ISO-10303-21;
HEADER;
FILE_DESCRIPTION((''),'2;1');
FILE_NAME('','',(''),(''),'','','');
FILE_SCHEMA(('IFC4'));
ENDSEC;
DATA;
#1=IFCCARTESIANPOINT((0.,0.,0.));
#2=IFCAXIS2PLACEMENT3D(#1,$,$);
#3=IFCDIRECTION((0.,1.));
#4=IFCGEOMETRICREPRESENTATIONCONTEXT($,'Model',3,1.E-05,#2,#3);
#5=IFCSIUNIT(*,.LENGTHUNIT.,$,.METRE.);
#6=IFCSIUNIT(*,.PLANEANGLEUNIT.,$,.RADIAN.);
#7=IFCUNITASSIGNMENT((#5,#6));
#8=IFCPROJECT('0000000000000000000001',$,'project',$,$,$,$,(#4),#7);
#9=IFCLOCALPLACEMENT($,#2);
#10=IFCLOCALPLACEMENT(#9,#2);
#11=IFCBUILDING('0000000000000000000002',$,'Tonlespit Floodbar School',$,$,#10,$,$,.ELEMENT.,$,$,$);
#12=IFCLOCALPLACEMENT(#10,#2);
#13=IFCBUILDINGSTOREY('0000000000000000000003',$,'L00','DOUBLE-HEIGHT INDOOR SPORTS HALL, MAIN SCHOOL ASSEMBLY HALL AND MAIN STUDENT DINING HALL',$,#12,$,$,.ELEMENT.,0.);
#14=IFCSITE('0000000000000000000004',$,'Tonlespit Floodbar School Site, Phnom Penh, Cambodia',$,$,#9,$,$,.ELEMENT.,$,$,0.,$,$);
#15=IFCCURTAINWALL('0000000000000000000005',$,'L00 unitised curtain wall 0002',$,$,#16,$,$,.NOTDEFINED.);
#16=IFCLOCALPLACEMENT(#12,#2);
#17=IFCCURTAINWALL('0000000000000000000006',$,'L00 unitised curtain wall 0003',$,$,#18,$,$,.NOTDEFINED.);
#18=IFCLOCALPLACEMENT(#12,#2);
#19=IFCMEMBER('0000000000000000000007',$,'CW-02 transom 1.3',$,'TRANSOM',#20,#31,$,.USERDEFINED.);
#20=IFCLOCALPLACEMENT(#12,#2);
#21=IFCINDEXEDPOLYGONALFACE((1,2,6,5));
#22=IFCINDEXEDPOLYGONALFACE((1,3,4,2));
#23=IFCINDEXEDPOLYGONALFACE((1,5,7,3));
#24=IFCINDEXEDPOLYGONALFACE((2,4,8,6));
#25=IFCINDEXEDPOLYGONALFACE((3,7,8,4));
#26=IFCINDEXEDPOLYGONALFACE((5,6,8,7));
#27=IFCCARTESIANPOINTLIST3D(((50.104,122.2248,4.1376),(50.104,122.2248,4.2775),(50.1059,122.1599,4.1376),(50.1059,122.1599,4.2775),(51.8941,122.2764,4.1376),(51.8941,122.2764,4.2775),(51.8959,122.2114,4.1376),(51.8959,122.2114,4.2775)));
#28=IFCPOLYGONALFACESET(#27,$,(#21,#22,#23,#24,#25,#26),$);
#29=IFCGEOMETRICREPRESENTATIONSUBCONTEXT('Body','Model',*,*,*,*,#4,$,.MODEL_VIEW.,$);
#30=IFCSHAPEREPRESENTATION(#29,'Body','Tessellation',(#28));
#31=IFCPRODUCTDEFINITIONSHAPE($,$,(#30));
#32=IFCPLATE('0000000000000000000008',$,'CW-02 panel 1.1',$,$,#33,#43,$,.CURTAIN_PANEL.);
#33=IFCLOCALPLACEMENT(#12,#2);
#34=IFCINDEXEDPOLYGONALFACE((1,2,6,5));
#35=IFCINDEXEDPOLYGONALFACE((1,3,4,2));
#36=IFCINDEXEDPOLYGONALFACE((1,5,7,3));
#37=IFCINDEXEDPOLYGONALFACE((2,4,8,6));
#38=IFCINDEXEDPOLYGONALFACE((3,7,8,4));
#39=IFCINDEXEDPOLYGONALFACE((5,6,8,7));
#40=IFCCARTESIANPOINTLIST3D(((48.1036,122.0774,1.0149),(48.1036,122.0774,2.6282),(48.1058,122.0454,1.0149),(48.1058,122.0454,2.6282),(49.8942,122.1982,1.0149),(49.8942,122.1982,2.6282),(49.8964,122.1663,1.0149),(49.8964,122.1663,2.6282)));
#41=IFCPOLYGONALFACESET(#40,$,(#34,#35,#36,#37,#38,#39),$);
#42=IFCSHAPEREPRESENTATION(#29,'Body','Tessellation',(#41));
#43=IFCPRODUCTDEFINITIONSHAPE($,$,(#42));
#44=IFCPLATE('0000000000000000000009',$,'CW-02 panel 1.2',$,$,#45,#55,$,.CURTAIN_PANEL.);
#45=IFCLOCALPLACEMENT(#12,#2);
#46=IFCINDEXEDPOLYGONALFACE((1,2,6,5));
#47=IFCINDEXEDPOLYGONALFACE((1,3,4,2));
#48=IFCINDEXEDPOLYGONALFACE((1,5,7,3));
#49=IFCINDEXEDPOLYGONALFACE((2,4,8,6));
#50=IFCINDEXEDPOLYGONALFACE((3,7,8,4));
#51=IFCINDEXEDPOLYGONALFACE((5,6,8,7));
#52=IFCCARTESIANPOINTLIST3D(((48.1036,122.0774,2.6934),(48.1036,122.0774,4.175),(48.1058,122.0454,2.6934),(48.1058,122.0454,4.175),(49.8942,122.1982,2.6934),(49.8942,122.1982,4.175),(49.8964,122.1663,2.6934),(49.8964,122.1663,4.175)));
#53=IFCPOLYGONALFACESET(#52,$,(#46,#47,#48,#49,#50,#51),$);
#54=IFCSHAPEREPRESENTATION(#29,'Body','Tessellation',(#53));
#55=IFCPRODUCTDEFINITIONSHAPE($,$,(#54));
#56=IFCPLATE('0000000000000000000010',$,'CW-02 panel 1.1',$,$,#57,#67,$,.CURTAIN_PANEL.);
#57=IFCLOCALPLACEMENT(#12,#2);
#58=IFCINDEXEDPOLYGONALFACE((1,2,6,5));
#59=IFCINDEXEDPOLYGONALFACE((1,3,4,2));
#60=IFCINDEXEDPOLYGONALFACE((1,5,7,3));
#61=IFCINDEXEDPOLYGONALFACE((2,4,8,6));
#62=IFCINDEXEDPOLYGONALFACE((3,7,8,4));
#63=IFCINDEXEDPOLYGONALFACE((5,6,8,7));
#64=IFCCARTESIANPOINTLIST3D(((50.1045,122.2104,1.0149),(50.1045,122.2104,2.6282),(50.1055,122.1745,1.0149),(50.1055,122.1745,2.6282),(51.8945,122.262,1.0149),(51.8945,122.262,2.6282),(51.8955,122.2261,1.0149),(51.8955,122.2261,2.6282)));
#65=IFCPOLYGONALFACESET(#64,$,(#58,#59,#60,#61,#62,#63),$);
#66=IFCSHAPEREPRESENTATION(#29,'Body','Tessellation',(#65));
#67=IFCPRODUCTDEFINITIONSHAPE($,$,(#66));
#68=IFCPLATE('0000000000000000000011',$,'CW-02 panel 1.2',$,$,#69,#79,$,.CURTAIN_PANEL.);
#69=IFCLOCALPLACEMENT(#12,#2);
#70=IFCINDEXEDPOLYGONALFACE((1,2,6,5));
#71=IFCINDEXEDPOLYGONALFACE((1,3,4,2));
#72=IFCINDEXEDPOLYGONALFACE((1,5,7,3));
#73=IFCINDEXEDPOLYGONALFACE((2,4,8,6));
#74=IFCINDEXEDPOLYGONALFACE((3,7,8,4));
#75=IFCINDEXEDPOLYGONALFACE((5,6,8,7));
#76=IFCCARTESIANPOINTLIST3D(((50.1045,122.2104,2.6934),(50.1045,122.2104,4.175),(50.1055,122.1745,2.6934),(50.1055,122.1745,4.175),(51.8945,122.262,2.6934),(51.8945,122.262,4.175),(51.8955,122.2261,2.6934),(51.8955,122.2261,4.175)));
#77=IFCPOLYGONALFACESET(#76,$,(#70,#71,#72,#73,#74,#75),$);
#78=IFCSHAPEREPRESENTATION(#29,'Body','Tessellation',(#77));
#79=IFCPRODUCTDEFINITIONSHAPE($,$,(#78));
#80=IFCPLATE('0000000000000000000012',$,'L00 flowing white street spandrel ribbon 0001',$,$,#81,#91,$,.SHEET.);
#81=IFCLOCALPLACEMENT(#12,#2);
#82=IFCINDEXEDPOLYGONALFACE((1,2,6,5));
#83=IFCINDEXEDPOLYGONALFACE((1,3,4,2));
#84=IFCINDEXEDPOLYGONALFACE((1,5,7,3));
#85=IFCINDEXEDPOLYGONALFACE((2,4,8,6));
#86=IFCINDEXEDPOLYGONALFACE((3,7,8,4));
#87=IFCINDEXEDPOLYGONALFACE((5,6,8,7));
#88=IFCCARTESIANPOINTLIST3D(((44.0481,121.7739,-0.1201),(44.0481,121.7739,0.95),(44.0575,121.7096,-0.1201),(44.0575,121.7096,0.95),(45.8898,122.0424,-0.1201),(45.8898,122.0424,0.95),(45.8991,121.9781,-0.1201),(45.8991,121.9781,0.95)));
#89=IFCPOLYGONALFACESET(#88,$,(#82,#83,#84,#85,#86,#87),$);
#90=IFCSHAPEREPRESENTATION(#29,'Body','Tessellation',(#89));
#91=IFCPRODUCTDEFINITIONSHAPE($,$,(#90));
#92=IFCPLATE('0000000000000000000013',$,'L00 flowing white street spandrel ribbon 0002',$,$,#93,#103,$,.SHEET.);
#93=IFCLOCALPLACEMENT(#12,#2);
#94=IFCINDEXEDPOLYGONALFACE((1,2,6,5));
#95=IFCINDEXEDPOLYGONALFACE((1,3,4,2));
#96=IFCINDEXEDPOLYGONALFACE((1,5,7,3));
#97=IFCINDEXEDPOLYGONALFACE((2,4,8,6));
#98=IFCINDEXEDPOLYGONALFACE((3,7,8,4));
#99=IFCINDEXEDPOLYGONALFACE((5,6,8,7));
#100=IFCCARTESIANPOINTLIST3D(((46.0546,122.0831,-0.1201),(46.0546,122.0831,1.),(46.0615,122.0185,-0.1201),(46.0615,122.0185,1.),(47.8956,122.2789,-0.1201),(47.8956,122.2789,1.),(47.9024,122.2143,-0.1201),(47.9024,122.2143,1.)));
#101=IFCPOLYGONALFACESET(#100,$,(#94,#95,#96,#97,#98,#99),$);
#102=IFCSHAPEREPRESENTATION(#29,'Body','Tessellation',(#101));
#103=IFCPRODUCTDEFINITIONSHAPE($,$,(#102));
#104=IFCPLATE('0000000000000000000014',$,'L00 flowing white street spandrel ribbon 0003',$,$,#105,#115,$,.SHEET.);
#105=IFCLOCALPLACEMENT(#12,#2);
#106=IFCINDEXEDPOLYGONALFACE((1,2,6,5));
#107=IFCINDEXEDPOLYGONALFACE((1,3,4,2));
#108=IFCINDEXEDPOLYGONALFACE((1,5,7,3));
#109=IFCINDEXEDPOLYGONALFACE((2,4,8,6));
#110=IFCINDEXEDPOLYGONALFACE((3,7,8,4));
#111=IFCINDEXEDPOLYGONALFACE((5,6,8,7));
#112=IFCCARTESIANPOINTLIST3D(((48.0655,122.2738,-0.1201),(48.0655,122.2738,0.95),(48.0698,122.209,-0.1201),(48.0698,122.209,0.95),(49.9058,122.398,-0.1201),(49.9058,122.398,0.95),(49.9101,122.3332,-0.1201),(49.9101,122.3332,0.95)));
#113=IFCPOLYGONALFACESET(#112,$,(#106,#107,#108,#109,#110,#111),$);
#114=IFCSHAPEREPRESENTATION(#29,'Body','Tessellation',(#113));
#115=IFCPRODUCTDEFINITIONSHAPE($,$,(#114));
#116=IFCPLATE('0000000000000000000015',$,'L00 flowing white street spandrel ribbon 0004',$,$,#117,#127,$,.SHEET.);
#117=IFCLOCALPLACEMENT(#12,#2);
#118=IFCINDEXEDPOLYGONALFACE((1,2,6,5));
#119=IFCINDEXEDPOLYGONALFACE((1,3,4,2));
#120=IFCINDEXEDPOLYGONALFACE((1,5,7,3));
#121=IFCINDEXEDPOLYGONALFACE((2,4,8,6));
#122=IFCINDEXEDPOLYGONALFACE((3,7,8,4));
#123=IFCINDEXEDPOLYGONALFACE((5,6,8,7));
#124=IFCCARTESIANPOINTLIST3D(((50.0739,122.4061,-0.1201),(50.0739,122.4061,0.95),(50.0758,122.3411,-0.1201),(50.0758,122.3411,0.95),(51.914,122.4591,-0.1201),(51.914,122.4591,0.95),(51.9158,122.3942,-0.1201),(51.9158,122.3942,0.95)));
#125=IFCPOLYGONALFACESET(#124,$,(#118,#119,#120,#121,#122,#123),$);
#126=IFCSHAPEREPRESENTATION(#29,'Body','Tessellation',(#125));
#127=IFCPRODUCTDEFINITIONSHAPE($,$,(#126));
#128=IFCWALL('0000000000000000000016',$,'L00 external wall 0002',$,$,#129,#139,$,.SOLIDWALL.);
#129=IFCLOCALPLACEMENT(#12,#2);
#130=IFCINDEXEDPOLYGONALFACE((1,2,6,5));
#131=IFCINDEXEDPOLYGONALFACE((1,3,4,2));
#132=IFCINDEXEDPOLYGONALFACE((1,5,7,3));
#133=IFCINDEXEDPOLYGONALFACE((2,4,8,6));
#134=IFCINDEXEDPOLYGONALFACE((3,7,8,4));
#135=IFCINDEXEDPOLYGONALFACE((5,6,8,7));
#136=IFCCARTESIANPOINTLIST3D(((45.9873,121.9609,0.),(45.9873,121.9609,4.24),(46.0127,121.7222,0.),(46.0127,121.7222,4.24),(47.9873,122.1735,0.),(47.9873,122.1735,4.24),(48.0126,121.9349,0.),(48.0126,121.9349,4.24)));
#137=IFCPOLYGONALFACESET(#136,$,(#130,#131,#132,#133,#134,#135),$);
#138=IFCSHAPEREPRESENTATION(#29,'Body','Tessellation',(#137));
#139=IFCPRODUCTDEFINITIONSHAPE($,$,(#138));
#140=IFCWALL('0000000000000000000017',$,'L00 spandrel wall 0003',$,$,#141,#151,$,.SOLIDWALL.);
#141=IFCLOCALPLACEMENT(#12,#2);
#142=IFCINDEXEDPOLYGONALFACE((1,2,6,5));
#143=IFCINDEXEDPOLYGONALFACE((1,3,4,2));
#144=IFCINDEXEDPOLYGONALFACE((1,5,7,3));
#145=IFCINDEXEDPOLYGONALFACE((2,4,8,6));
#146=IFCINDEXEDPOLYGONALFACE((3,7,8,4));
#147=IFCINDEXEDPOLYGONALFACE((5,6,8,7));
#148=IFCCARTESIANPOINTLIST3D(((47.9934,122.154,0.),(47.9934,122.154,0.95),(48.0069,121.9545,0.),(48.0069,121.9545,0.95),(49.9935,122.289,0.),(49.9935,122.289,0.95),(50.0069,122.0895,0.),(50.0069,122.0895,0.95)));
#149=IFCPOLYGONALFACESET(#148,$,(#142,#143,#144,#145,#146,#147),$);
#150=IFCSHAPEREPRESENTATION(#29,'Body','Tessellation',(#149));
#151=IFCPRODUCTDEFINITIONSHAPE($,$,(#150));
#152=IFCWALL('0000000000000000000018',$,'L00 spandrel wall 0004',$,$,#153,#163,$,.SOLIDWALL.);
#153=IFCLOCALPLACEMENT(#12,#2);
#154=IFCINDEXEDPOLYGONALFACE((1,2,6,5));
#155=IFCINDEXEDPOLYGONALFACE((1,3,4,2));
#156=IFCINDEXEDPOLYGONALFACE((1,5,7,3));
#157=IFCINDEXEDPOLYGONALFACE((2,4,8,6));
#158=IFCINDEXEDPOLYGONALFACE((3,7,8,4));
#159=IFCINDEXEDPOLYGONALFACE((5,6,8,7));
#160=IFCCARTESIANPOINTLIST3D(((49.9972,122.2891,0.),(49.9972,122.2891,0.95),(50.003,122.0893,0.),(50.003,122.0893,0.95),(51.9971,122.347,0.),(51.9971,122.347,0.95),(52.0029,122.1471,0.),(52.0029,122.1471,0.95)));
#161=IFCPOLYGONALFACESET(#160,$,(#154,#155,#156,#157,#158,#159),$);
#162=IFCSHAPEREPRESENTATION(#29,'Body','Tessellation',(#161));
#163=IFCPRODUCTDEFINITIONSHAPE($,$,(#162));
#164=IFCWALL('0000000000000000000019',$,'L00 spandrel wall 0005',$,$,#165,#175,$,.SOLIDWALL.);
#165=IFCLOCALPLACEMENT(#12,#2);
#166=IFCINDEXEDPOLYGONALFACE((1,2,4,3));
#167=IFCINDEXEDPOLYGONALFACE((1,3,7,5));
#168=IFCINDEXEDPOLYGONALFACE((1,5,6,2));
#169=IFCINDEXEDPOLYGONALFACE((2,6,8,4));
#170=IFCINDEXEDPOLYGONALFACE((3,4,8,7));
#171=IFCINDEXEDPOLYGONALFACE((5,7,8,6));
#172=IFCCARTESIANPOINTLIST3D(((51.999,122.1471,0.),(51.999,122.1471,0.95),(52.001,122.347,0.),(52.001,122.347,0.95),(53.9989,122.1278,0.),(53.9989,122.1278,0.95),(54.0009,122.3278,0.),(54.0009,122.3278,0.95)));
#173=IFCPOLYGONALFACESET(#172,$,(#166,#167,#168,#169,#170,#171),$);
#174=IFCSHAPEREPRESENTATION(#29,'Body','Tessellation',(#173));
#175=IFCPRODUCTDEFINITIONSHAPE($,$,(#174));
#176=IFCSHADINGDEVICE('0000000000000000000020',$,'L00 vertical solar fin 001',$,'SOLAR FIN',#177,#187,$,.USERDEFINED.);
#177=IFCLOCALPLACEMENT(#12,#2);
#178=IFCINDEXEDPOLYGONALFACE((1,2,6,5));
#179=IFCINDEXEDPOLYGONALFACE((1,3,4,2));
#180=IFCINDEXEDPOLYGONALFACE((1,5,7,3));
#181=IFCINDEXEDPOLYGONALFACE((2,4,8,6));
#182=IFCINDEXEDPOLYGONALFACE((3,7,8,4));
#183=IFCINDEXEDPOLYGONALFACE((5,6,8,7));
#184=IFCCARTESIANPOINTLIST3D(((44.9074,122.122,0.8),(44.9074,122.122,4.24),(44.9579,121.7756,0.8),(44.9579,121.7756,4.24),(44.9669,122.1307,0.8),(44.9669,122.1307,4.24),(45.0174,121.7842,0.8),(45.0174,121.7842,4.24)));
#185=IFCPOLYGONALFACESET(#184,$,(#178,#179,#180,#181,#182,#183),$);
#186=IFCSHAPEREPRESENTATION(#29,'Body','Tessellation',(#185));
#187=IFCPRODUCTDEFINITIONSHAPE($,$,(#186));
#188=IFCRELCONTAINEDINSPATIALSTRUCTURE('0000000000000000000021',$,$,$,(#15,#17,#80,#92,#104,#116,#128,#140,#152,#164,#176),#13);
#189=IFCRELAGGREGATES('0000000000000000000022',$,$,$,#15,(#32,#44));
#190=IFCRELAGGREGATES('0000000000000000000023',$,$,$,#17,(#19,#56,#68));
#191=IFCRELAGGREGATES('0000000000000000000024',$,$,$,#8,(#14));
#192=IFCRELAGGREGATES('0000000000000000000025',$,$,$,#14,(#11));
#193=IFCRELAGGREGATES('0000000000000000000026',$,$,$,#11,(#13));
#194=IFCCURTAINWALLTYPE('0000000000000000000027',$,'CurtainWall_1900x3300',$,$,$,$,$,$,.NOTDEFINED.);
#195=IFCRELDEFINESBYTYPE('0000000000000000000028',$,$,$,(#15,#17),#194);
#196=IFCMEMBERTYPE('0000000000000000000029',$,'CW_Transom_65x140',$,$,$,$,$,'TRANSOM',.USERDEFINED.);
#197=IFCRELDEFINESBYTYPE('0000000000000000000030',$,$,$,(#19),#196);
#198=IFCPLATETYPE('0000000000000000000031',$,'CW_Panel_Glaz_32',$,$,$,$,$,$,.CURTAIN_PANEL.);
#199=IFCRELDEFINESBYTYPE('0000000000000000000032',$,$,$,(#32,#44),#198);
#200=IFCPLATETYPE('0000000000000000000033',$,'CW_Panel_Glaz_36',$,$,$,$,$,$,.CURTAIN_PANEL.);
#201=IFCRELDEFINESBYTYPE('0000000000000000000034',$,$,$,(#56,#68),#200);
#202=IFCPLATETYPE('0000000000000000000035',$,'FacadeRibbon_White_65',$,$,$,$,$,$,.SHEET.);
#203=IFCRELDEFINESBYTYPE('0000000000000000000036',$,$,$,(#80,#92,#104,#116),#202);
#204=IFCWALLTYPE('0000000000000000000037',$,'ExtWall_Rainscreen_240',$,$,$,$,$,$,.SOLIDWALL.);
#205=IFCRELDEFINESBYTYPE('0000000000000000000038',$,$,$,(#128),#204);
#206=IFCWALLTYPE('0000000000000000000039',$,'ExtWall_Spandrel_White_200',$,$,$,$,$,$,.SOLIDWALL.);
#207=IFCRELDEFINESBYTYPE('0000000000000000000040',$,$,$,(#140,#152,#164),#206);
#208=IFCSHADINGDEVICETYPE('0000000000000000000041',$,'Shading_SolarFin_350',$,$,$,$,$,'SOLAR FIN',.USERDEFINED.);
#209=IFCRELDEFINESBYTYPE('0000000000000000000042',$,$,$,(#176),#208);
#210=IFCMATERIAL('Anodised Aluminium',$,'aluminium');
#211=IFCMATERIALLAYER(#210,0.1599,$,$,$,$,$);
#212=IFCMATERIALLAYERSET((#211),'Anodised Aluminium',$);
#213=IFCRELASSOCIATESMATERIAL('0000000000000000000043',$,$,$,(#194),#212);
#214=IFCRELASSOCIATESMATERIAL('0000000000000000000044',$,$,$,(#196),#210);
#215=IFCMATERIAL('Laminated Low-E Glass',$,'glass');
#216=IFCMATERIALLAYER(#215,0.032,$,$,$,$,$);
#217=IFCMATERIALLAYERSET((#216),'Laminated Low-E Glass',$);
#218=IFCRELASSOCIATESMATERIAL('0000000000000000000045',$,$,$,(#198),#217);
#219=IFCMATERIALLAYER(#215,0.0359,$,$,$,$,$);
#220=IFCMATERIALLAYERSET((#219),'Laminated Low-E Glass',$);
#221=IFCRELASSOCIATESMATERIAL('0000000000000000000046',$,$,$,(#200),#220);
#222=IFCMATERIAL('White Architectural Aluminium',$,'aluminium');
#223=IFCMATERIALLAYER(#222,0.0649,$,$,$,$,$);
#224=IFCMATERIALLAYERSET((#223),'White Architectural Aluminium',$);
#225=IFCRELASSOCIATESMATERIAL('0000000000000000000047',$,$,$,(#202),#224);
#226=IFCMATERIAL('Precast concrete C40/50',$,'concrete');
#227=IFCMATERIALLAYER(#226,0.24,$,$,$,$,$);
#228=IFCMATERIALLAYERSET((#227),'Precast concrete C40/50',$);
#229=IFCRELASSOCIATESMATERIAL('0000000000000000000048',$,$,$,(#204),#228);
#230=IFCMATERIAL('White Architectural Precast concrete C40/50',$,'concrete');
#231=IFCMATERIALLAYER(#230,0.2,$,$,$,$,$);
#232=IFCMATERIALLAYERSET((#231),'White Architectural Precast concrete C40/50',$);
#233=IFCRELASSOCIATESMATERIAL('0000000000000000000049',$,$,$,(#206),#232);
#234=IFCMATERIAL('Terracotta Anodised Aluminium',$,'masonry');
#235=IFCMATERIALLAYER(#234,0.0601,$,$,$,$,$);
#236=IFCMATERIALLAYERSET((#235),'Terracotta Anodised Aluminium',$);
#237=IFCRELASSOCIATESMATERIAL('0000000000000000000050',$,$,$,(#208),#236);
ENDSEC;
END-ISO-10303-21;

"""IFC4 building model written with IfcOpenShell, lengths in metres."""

from ifc_helpers import new_model, si_unit, direction, frame, frame_2d, origin, origin_2d, place, context, subcontext, project, spatial, rectangle, extrude, material, layer, layer_set, material_profile, profile_set, type_object, element, aggregate, save


model = new_model("IFC4")

# Units and contexts
model_context = context("Model", 3, precision=1e-05, world=origin(), true_north=direction((0.0, 1.0)))
body_context = subcontext(model_context, "Body", "Model", "MODEL_VIEW")
ifc_project = project(units=[si_unit("LENGTHUNIT", "METRE"), si_unit("PLANEANGLEUNIT", "RADIAN")], contexts=[model_context])

# Site, building, storey
site_placement = place(None, origin())
site = spatial("IfcSite", under=ifc_project, at=site_placement, Name="Tonlespit Floodbar School Site, Phnom Penh, Cambodia", CompositionType="ELEMENT", RefElevation=0.0)
building_placement = place(site_placement, origin())
building = spatial("IfcBuilding", under=site, at=building_placement, Name="Tonlespit Floodbar School", CompositionType="ELEMENT")
storey_placement = place(building_placement, origin())
storey = spatial("IfcBuildingStorey", under=building, at=storey_placement, Name="L00", Description="DOUBLE-HEIGHT INDOOR SPORTS HALL, MAIN SCHOOL ASSEMBLY HALL AND MAIN STUDENT DINING HALL", CompositionType="ELEMENT", Elevation=0.0)

# Curtain wall
ifc_material_1 = material(Name="Anodised Aluminium", Category="aluminium")
ifc_layer_1 = layer(ifc_material_1, 0.1599)
ifc_layer_set_1 = layer_set([ifc_layer_1], Name="Anodised Aluminium")
curtain_wall_type_1 = type_object("IfcCurtainWallType", Name="CurtainWall_1900x3300", PredefinedType="NOTDEFINED", material=ifc_layer_set_1)
curtain_wall_1_placement = place(storey_placement, origin())
curtain_wall_1 = element("IfcCurtainWall", 1, at=curtain_wall_1_placement, inside=storey, type_object=curtain_wall_type_1, Name="L00 unitised curtain wall 0002", PredefinedType="NOTDEFINED")

# Curtain wall
curtain_wall_2_placement = place(storey_placement, origin())
curtain_wall_2 = element("IfcCurtainWall", 2, at=curtain_wall_2_placement, inside=storey, type_object=curtain_wall_type_1, Name="L00 unitised curtain wall 0003", PredefinedType="NOTDEFINED")

# Member
ifc_material_profile_1 = material_profile(ifc_material_1, rectangle(XDim=0.0649, YDim=0.1399, at=origin_2d()), Name="ALU T65x140")
ifc_profile_set_1 = profile_set([ifc_material_profile_1], Name="Anodised Aluminium")
member_type_1 = type_object("IfcMemberType", Name="CW_Transom_65x140", ElementType="TRANSOM", PredefinedType="USERDEFINED", material=ifc_profile_set_1)
member_1_placement = place(storey_placement, frame((50.105, 122.1924, 4.2075), z_axis=(0.999586, 0.028766, 0.0), x_axis=(-0.028766, 0.999586, 0.0)))
member_1 = element("IfcMember", 3, at=member_1_placement, type_object=member_type_1, Name="CW-02 transom 1.3", ObjectType="TRANSOM", PredefinedType="USERDEFINED", context=body_context, shape_type="SweptSolid", body=[
    extrude(rectangle(XDim=0.0649, YDim=0.1399, at=origin_2d()), origin(), (0.0, 0.0, 1.0), 1.7908),
])

# Plates
ifc_material_2 = material(Name="Laminated Low-E Glass", Category="glass")
ifc_layer_2 = layer(ifc_material_2, 0.032)
ifc_layer_set_2 = layer_set([ifc_layer_2], Name="Laminated Low-E Glass")
plate_type_1 = type_object("IfcPlateType", Name="CW_Panel_Glaz_32", PredefinedType="CURTAIN_PANEL", material=ifc_layer_set_2)
plate_1_placement = place(storey_placement, frame((49.0, 122.1218, 1.0149), z_axis=(0.0, 0.0, 1.0), x_axis=(0.99773, 0.06734, 0.0)))
plate_1 = element("IfcPlate", 4, at=plate_1_placement, type_object=plate_type_1, Name="CW-02 panel 1.1", PredefinedType="CURTAIN_PANEL", context=body_context, shape_type="SweptSolid", body=[
    extrude(rectangle(XDim=1.7947, YDim=0.032, at=origin_2d()), origin(), (0.0, 0.0, 1.0), 1.6133),
])
plate_2_placement = place(storey_placement, frame((49.0, 122.1218, 2.6934), z_axis=(0.0, 0.0, 1.0), x_axis=(0.99773, 0.06734, 0.0)))
plate_2 = element("IfcPlate", 5, at=plate_2_placement, type_object=plate_type_1, Name="CW-02 panel 1.2", PredefinedType="CURTAIN_PANEL", context=body_context, shape_type="SweptSolid", body=[
    extrude(rectangle(XDim=1.7947, YDim=0.032, at=origin_2d()), origin(), (0.0, 0.0, 1.0), 1.4817),
])
aggregate(curtain_wall_1, [plate_1, plate_2])
ifc_layer_3 = layer(ifc_material_2, 0.0359)
ifc_layer_set_3 = layer_set([ifc_layer_3], Name="Laminated Low-E Glass")
plate_type_2 = type_object("IfcPlateType", Name="CW_Panel_Glaz_36", PredefinedType="CURTAIN_PANEL", material=ifc_layer_set_3)
plate_3_placement = place(storey_placement, frame((51.0, 122.2183, 1.0149), z_axis=(0.0, 0.0, 1.0), x_axis=(0.999585, 0.02879, 0.0)))
plate_3 = element("IfcPlate", 6, at=plate_3_placement, type_object=plate_type_2, Name="CW-02 panel 1.1", PredefinedType="CURTAIN_PANEL", context=body_context, shape_type="SweptSolid", body=[
    extrude(rectangle(XDim=1.7908, YDim=0.0359, at=origin_2d()), origin(), (0.0, 0.0, 1.0), 1.6133),
])
plate_4_placement = place(storey_placement, frame((51.0, 122.2183, 2.6934), z_axis=(0.0, 0.0, 1.0), x_axis=(0.999585, 0.02879, 0.0)))
plate_4 = element("IfcPlate", 7, at=plate_4_placement, type_object=plate_type_2, Name="CW-02 panel 1.2", PredefinedType="CURTAIN_PANEL", context=body_context, shape_type="SweptSolid", body=[
    extrude(rectangle(XDim=1.7908, YDim=0.0359, at=origin_2d()), origin(), (0.0, 0.0, 1.0), 1.4817),
])
aggregate(curtain_wall_2, [member_1, plate_3, plate_4])

# Plates
ifc_material_3 = material(Name="White Architectural Aluminium", Category="aluminium")
ifc_layer_4 = layer(ifc_material_3, 0.0649)
ifc_layer_set_4 = layer_set([ifc_layer_4], Name="White Architectural Aluminium")
plate_type_3 = type_object("IfcPlateType", Name="FacadeRibbon_White_65", PredefinedType="SHEET", material=ifc_layer_set_4)
plate_5_placement = place(storey_placement, frame((44.9736, 121.876, -0.1201), z_axis=(0.0, 0.0, 1.0), x_axis=(0.989538, 0.144275, 0.0)))
element("IfcPlate", 8, at=plate_5_placement, inside=storey, type_object=plate_type_3, Name="L00 flowing white street spandrel ribbon 0001", PredefinedType="SHEET", context=body_context, shape_type="SweptSolid", body=[
    extrude(rectangle(XDim=1.8611, YDim=0.0649, at=origin_2d()), origin(), (0.0, 0.0, 1.0), 1.0701),
])
plate_6_placement = place(storey_placement, frame((46.9785, 122.1487, -0.1201), z_axis=(0.0, 0.0, 1.0), x_axis=(0.994392, 0.105754, 0.0)))
element("IfcPlate", 9, at=plate_6_placement, inside=storey, type_object=plate_type_3, Name="L00 flowing white street spandrel ribbon 0002", PredefinedType="SHEET", context=body_context, shape_type="SweptSolid", body=[
    extrude(rectangle(XDim=1.8513, YDim=0.0649, at=origin_2d()), origin(), (0.0, 0.0, 1.0), 1.1201),
])
plate_7_placement = place(storey_placement, frame((48.9878, 122.3035, -0.1201), z_axis=(0.0, 0.0, 1.0), x_axis=(0.99773, 0.067347, 0.0)))
element("IfcPlate", 10, at=plate_7_placement, inside=storey, type_object=plate_type_3, Name="L00 flowing white street spandrel ribbon 0003", PredefinedType="SHEET", context=body_context, shape_type="SweptSolid", body=[
    extrude(rectangle(XDim=1.8445, YDim=0.0649, at=origin_2d()), origin(), (0.0, 0.0, 1.0), 1.0701),
])
plate_8_placement = place(storey_placement, frame((50.9949, 122.4001, -0.1201), z_axis=(0.0, 0.0, 1.0), x_axis=(0.999584, 0.028838, 0.0)))
element("IfcPlate", 11, at=plate_8_placement, inside=storey, type_object=plate_type_3, Name="L00 flowing white street spandrel ribbon 0004", PredefinedType="SHEET", context=body_context, shape_type="SweptSolid", body=[
    extrude(rectangle(XDim=1.8408, YDim=0.0649, at=origin_2d()), origin(), (0.0, 0.0, 1.0), 1.0701),
])

# Walls
ifc_material_4 = material(Name="Precast concrete C40/50", Category="concrete")
ifc_layer_5 = layer(ifc_material_4, 0.24)
ifc_layer_set_5 = layer_set([ifc_layer_5], Name="Precast concrete C40/50")
wall_type_1 = type_object("IfcWallType", Name="ExtWall_Rainscreen_240", PredefinedType="SOLIDWALL", material=ifc_layer_set_5)
wall_1_placement = place(storey_placement, frame((46.0, 121.8416, 0.0), z_axis=(0.0, 0.0, 1.0), x_axis=(0.994395, 0.105727, 0.0)))
element("IfcWall", 12, at=wall_1_placement, inside=storey, type_object=wall_type_1, Name="L00 external wall 0002", PredefinedType="SOLIDWALL", context=body_context, shape_type="SweptSolid", body=[
    extrude(rectangle(XDim=2.0112, YDim=0.24, at=frame_2d((1.0056, 0.0))), origin(), (0.0, 0.0, 1.0), 4.24),
])
ifc_material_5 = material(Name="White Architectural Precast concrete C40/50", Category="concrete")
ifc_layer_6 = layer(ifc_material_5, 0.2)
ifc_layer_set_6 = layer_set([ifc_layer_6], Name="White Architectural Precast concrete C40/50")
wall_type_2 = type_object("IfcWallType", Name="ExtWall_Spandrel_White_200", PredefinedType="SOLIDWALL", material=ifc_layer_set_6)
wall_2_placement = place(storey_placement, frame((48.0, 122.0542, 0.0), z_axis=(0.0, 0.0, 1.0), x_axis=(0.997729, 0.067352, 0.0)))
element("IfcWall", 13, at=wall_2_placement, inside=storey, type_object=wall_type_2, Name="L00 spandrel wall 0003", PredefinedType="SOLIDWALL", context=body_context, shape_type="SweptSolid", body=[
    extrude(rectangle(XDim=2.0046, YDim=0.2, at=frame_2d((1.0024, 0.0))), origin(), (0.0, 0.0, 1.0), 0.95),
])
wall_3_placement = place(storey_placement, frame((50.0, 122.1892, 0.0), z_axis=(0.0, 0.0, 1.0), x_axis=(0.999582, 0.028919, 0.0)))
element("IfcWall", 14, at=wall_3_placement, inside=storey, type_object=wall_type_2, Name="L00 spandrel wall 0004", PredefinedType="SOLIDWALL", context=body_context, shape_type="SweptSolid", body=[
    extrude(rectangle(XDim=2.0007, YDim=0.2, at=frame_2d((1.0005, 0.0))), origin(), (0.0, 0.0, 1.0), 0.95),
])
wall_4_placement = place(storey_placement, frame((52.0, 122.2471, 0.0), z_axis=(0.0, 0.0, 1.0), x_axis=(0.999954, -0.009643, 0.0)))
element("IfcWall", 15, at=wall_4_placement, inside=storey, type_object=wall_type_2, Name="L00 spandrel wall 0005", PredefinedType="SOLIDWALL", context=body_context, shape_type="SweptSolid", body=[
    extrude(rectangle(XDim=2.0, YDim=0.2, at=frame_2d((1.0, 0.0))), origin(), (0.0, 0.0, 1.0), 0.95),
])

# Shading device
ifc_material_6 = material(Name="Terracotta Anodised Aluminium", Category="masonry")
ifc_layer_7 = layer(ifc_material_6, 0.0601)
ifc_layer_set_7 = layer_set([ifc_layer_7], Name="Terracotta Anodised Aluminium")
shading_device_type = type_object("IfcShadingDeviceType", Name="Shading_SolarFin_350", ElementType="SOLAR FIN", PredefinedType="USERDEFINED", material=ifc_layer_set_7)
for number, where, z_axis, x_axis, name in (
    (16, (44.9624, 121.9531, 0.8), (0.0, 0.0, 1.0), (0.989538, 0.144275, 0.0), "L00 vertical solar fin 001"),
):
    element("IfcShadingDevice", number, at=place(storey_placement, frame(where, z_axis=z_axis, x_axis=x_axis)), inside=storey, type_object=shading_device_type, Name=name, ObjectType="SOLAR FIN", PredefinedType="USERDEFINED", context=body_context, shape_type="SweptSolid", body=[
        extrude(rectangle(XDim=0.0601, YDim=0.3501, at=origin_2d()), origin(), (0.0, 0.0, 1.0), 3.4399),
    ])

save(model, "model.ifc")
